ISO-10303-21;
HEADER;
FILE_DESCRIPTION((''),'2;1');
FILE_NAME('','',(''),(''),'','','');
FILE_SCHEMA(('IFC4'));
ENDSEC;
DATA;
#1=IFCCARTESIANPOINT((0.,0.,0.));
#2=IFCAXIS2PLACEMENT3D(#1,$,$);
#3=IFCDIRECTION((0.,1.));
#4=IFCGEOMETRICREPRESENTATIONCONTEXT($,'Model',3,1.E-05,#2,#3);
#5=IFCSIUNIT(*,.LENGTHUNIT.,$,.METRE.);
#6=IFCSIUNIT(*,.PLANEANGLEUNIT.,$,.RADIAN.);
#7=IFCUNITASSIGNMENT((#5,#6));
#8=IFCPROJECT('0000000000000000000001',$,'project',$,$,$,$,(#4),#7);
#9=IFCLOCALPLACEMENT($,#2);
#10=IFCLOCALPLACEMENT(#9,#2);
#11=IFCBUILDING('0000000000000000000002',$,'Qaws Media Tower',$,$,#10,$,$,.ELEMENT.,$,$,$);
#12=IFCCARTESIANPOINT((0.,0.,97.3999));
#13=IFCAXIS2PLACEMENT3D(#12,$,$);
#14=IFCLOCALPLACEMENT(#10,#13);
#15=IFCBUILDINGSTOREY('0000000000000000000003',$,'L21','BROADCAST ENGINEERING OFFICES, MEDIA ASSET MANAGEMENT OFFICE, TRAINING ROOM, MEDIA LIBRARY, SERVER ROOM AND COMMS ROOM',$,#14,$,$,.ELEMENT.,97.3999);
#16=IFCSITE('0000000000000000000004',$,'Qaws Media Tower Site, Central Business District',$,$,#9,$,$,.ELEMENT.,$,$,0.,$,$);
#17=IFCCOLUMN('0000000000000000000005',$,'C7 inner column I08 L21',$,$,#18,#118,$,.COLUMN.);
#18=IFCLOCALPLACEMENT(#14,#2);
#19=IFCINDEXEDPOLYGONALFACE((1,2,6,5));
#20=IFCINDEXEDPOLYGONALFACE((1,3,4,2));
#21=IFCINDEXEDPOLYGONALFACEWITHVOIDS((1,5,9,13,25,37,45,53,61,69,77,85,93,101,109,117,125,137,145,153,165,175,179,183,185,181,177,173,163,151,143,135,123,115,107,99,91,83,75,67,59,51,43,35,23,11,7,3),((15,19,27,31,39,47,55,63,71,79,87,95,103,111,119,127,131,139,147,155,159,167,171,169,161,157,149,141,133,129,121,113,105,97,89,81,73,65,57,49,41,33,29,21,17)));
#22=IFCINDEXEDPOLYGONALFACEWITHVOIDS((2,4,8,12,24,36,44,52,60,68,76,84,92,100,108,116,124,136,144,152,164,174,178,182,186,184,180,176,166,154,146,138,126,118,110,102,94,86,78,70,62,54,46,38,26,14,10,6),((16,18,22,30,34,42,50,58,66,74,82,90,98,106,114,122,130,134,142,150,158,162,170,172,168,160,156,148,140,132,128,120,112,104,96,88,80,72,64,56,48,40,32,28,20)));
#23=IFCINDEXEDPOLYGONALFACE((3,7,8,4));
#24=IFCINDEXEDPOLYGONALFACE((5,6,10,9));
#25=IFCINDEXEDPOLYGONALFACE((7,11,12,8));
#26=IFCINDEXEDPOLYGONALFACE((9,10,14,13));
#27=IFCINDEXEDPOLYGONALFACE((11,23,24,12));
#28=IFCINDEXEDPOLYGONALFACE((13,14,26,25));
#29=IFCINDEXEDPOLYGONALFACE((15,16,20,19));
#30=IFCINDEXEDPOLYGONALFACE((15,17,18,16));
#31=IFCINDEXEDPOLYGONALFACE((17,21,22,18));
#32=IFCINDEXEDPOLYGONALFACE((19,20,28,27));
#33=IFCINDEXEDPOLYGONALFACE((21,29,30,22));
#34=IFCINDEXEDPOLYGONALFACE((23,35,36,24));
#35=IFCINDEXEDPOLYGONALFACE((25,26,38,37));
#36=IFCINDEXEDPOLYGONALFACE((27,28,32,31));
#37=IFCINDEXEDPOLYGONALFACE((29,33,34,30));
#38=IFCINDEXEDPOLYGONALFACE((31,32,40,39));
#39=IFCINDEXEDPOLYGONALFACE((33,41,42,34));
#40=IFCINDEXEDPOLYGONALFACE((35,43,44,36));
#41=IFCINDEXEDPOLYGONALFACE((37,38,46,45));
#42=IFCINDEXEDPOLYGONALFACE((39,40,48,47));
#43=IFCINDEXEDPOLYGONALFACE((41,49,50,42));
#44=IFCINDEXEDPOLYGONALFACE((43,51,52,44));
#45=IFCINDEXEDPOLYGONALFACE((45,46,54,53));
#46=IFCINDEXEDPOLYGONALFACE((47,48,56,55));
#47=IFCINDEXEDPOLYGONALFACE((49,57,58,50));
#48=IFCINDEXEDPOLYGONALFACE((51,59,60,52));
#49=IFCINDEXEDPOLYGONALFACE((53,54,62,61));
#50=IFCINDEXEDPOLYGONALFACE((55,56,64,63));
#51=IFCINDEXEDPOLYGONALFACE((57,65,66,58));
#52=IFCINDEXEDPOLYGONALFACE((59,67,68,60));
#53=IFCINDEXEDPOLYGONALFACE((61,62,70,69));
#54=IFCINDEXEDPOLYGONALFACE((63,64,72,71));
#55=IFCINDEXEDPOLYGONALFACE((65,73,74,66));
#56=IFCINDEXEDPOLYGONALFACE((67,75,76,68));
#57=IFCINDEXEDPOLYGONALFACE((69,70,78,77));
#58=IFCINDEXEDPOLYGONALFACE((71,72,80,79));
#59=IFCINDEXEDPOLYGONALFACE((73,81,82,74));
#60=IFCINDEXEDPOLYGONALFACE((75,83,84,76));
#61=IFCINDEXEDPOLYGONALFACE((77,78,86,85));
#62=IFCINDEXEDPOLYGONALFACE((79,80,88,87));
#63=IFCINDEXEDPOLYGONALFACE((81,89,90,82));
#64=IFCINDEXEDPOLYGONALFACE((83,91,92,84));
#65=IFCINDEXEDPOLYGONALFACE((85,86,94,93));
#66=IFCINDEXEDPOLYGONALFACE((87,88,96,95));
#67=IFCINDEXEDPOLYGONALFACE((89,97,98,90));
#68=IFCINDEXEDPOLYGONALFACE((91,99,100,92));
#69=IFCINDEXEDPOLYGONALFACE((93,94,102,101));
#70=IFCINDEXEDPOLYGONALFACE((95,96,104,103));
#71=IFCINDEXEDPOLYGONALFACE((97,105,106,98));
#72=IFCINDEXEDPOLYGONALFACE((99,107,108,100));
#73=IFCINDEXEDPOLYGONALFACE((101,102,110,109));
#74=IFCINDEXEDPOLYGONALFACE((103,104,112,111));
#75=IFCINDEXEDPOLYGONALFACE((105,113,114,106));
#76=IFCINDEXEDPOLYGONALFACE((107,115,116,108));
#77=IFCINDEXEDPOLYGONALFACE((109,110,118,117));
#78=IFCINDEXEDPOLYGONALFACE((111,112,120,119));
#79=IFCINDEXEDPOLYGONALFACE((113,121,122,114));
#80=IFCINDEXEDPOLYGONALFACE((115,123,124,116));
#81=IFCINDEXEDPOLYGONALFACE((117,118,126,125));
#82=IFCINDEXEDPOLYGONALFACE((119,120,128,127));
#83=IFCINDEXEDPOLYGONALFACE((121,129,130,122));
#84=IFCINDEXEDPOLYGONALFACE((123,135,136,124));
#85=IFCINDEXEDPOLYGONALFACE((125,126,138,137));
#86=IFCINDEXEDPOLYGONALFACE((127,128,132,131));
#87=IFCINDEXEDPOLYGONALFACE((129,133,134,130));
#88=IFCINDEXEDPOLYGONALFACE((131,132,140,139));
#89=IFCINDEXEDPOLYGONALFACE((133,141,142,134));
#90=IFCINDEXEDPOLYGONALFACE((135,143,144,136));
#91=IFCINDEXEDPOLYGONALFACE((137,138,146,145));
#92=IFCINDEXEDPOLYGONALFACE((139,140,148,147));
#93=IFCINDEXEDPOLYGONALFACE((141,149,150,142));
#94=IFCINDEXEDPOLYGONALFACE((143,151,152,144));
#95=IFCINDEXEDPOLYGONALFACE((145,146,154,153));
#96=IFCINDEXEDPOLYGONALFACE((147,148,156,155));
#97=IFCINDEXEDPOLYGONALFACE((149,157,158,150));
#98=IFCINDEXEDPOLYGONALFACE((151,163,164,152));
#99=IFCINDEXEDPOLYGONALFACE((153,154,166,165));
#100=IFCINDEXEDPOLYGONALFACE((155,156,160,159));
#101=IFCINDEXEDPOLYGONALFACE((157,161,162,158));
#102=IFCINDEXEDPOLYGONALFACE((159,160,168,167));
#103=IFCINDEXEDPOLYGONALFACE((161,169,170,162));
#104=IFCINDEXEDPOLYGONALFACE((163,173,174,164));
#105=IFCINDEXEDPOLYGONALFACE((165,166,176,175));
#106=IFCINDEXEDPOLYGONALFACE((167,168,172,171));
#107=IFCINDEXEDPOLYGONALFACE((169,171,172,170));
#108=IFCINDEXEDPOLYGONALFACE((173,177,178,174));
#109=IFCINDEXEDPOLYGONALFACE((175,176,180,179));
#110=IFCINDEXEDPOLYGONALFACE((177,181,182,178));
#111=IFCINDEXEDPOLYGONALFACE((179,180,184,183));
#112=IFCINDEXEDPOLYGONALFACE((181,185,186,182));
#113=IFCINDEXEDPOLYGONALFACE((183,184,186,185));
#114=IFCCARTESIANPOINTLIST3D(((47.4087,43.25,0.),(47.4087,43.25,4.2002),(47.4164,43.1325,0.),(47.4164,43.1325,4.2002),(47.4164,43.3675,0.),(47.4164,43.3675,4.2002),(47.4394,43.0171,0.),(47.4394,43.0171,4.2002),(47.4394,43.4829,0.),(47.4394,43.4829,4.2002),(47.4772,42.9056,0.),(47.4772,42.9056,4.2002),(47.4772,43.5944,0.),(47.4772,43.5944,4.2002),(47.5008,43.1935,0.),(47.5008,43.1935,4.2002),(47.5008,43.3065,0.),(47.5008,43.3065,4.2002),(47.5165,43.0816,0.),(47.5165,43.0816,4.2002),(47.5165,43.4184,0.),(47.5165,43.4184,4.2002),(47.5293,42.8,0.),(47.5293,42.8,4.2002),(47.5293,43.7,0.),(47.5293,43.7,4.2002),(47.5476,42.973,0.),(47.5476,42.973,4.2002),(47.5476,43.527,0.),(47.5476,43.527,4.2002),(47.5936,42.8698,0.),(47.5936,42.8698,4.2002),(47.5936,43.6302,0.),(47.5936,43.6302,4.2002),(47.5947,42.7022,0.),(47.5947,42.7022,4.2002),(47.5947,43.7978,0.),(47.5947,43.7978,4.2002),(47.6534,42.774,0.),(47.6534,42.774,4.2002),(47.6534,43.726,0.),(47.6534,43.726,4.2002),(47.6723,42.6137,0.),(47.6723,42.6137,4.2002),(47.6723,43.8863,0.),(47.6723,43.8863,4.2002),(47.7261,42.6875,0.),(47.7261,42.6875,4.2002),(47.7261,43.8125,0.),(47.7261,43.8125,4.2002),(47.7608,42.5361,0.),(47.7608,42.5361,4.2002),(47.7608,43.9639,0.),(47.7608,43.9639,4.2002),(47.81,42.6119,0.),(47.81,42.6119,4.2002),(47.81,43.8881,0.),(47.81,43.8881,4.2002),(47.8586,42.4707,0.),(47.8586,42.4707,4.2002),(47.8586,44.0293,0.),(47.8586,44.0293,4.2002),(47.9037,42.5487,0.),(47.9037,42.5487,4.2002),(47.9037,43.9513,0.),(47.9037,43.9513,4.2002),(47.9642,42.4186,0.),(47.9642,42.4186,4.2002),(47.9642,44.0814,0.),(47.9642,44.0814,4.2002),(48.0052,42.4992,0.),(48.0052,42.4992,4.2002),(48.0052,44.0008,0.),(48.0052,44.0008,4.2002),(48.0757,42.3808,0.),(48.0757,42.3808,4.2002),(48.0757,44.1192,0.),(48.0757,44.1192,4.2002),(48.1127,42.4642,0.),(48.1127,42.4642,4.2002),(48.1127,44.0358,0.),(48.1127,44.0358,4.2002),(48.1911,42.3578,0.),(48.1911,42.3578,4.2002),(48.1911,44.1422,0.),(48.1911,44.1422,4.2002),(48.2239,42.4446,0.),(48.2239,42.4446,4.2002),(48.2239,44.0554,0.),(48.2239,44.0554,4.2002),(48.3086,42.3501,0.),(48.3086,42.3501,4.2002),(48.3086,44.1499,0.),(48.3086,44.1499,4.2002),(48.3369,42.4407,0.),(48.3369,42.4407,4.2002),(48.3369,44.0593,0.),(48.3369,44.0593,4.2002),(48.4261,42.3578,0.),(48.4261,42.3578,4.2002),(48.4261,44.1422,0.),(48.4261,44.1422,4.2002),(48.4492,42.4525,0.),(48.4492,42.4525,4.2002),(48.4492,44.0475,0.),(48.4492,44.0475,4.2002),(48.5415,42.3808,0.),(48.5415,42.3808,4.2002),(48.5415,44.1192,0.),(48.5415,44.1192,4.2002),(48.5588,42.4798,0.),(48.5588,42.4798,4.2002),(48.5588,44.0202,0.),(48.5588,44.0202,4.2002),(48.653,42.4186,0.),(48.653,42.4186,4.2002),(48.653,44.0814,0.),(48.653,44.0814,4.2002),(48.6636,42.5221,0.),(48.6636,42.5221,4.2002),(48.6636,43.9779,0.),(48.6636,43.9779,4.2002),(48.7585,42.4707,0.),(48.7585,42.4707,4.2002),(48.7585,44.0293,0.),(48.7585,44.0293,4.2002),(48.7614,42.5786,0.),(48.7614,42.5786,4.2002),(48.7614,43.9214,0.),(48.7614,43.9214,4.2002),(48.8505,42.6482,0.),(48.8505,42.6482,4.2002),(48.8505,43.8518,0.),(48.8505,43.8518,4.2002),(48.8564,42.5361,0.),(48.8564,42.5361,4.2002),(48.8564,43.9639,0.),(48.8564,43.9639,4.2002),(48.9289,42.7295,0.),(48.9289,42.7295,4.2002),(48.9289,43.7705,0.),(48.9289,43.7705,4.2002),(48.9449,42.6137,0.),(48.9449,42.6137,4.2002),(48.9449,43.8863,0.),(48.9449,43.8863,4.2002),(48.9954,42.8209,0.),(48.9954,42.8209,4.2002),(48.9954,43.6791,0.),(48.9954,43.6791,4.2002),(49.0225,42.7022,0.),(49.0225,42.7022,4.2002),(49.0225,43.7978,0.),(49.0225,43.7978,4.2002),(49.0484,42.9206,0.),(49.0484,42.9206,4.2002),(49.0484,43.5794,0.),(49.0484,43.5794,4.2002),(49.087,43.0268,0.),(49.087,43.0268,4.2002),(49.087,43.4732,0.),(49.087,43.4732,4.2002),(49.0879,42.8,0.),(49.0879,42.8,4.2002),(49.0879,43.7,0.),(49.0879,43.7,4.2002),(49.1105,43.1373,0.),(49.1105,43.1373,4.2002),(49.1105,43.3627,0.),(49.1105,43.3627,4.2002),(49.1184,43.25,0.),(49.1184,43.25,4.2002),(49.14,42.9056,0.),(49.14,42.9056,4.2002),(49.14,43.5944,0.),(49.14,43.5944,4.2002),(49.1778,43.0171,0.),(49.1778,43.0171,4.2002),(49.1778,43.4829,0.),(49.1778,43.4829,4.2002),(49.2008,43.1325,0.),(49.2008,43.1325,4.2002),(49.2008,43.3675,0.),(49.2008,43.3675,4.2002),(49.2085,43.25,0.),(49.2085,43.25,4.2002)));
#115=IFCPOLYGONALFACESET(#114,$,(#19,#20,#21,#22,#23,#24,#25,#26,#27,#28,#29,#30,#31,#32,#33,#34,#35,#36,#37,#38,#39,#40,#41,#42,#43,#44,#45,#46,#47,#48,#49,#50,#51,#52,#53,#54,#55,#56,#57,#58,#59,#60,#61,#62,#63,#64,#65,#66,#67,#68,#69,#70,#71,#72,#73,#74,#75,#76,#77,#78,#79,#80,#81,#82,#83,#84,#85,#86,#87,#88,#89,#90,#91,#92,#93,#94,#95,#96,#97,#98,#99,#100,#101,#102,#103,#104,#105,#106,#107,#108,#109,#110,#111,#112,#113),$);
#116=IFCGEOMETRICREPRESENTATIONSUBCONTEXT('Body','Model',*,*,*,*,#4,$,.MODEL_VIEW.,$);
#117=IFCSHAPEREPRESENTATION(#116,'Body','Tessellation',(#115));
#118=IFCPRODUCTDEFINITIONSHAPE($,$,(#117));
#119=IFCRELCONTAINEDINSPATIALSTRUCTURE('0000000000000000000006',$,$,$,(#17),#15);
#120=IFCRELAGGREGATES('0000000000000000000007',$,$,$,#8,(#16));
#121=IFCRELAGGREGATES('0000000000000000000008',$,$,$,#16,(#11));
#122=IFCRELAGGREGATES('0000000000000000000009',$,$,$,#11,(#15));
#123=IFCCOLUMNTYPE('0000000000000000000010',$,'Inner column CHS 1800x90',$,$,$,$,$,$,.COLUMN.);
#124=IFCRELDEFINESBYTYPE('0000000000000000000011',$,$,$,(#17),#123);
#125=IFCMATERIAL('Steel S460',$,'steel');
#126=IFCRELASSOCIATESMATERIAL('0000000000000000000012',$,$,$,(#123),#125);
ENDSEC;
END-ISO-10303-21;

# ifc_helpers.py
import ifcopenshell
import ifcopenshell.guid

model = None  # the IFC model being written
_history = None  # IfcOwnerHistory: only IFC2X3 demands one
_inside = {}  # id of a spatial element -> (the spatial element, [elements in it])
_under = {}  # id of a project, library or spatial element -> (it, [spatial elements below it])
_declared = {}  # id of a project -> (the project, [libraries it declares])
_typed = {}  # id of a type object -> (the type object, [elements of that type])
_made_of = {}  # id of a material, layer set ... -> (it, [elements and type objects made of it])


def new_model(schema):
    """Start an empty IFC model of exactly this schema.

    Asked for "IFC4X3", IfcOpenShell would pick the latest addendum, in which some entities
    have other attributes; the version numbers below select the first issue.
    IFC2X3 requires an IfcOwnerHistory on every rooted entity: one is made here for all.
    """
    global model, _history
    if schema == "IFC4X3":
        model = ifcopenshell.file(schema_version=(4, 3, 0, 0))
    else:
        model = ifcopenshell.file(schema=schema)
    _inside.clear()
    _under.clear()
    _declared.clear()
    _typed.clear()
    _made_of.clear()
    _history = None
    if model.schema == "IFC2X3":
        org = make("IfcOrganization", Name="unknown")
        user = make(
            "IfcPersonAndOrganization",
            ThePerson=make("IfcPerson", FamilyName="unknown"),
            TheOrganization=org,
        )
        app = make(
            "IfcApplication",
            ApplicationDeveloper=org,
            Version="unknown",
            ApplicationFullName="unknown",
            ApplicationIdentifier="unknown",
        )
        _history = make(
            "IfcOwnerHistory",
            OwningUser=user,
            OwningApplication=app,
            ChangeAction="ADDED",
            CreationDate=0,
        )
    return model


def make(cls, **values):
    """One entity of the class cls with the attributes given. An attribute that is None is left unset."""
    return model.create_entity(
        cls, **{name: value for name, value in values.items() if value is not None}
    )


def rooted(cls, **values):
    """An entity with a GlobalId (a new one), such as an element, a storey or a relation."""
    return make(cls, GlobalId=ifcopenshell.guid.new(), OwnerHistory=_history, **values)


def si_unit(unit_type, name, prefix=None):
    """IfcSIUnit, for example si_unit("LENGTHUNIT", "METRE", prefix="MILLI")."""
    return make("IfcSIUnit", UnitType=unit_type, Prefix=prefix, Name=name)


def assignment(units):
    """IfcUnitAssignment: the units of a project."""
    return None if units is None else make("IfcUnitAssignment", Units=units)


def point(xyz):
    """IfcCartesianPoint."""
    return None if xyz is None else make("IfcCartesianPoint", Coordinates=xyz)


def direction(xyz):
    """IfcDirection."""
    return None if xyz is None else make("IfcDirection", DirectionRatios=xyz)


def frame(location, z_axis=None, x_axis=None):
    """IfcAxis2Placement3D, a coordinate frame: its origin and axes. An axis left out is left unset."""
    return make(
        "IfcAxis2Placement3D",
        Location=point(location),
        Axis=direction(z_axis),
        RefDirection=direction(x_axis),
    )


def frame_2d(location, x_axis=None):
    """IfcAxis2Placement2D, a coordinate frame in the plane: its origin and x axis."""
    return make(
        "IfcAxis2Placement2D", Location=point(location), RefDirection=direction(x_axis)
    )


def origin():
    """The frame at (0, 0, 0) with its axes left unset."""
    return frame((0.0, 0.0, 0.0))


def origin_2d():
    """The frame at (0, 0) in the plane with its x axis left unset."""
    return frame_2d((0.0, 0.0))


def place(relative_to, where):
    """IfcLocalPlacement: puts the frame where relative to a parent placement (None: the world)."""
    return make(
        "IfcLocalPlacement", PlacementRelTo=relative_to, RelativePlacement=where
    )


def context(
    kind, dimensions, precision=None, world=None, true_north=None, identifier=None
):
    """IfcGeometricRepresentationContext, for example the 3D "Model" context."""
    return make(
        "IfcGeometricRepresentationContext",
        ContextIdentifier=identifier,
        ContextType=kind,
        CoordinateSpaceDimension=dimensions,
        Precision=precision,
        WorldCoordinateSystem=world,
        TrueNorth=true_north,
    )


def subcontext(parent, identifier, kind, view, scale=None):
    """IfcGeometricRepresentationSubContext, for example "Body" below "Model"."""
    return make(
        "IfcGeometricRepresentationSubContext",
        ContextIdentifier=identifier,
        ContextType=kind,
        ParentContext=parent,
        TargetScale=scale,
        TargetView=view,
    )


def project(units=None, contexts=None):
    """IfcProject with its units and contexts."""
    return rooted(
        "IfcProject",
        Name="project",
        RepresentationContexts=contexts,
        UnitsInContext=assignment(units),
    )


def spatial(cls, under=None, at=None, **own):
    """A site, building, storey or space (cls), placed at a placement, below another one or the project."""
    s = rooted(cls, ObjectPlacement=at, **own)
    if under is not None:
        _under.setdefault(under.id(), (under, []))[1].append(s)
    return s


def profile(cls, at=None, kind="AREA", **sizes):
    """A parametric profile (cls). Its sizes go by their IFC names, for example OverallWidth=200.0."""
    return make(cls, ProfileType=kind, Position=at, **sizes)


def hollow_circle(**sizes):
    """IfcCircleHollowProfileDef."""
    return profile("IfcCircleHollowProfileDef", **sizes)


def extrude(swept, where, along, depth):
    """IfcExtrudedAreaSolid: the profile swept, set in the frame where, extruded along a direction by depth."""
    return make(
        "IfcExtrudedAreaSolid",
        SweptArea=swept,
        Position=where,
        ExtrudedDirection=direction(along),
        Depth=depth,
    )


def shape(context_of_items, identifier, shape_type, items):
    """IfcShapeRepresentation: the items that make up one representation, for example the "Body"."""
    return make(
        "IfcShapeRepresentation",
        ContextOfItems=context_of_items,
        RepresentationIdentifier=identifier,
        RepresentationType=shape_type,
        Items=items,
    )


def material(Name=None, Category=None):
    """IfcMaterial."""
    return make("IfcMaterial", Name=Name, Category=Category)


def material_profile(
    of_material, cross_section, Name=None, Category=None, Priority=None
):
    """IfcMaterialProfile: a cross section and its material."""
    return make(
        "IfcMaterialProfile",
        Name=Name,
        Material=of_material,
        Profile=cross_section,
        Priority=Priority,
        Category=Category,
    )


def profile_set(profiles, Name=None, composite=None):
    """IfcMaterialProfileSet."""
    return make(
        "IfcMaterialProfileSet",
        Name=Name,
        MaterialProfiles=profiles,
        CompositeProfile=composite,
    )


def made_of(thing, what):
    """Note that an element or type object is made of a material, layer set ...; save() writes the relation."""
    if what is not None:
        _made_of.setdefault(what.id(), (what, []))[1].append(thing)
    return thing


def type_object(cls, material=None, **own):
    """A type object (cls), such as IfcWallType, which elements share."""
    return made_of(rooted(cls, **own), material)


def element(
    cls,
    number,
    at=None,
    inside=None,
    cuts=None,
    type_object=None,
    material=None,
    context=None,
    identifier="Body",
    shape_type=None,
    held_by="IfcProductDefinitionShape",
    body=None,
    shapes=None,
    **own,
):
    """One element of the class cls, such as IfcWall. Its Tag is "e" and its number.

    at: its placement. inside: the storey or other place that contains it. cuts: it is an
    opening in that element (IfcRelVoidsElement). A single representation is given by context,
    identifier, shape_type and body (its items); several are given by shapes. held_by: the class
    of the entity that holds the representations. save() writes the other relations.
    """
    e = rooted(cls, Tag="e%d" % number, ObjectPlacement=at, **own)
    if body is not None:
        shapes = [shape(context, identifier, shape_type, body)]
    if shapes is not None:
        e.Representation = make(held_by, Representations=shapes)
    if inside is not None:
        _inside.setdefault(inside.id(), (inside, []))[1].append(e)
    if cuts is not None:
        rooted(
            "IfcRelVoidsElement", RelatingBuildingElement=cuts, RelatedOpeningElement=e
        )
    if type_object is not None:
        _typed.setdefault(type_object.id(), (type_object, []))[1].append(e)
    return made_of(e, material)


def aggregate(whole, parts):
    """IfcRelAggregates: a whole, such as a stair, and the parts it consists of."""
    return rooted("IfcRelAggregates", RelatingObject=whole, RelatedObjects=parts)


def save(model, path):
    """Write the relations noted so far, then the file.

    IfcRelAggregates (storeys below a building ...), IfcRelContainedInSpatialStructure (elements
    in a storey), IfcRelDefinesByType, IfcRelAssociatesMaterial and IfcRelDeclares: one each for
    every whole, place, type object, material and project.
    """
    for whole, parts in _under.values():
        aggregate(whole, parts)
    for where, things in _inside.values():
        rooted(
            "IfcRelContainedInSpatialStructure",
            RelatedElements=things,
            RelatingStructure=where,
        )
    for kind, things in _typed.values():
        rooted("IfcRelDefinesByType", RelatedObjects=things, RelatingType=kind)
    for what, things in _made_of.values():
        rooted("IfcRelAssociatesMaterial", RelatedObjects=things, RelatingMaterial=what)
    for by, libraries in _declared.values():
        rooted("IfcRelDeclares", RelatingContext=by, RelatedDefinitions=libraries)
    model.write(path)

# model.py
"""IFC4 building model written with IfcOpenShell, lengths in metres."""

from ifc_helpers import new_model, si_unit, direction, frame, origin, origin_2d, place, context, subcontext, project, spatial, hollow_circle, extrude, material, material_profile, profile_set, type_object, element, save


model = new_model("IFC4")

# Units and contexts
model_context = context("Model", 3, precision=1e-05, world=origin(), true_north=direction((0.0, 1.0)))
body_context = subcontext(model_context, "Body", "Model", "MODEL_VIEW")
ifc_project = project(units=[si_unit("LENGTHUNIT", "METRE"), si_unit("PLANEANGLEUNIT", "RADIAN")], contexts=[model_context])

# Site, building, storey
site_placement = place(None, origin())
site = spatial("IfcSite", under=ifc_project, at=site_placement, Name="Qaws Media Tower Site, Central Business District", CompositionType="ELEMENT", RefElevation=0.0)
building_placement = place(site_placement, origin())
building = spatial("IfcBuilding", under=site, at=building_placement, Name="Qaws Media Tower", CompositionType="ELEMENT")
storey_placement = place(building_placement, frame((0.0, 0.0, 97.3999)))
storey = spatial("IfcBuildingStorey", under=building, at=storey_placement, Name="L21", Description="BROADCAST ENGINEERING OFFICES, MEDIA ASSET MANAGEMENT OFFICE, TRAINING ROOM, MEDIA LIBRARY, SERVER ROOM AND COMMS ROOM", CompositionType="ELEMENT", Elevation=97.3999)

# Column
ifc_material_1 = material(Name="Steel S460", Category="steel")
ifc_material_profile_1 = material_profile(ifc_material_1, hollow_circle(Radius=0.8999, WallThickness=0.0901, at=origin_2d()), Name="CHS 1800x90")
ifc_profile_set_1 = profile_set([ifc_material_profile_1], Name="Steel S460")
column_type = type_object("IfcColumnType", Name="Inner column CHS 1800x90", PredefinedType="COLUMN", material=ifc_profile_set_1)
for number, where, z_axis, x_axis, name in (
    (1, (48.3086, 43.25, 0.0), (0.0, 0.0, 1.0), (1.0, 0.0, 0.0), "C7 inner column I08 L21"),
):
    element("IfcColumn", number, at=place(storey_placement, frame(where, z_axis=z_axis, x_axis=x_axis)), inside=storey, type_object=column_type, Name=name, PredefinedType="COLUMN", context=body_context, shape_type="SweptSolid", body=[
        extrude(hollow_circle(Radius=0.8999, WallThickness=0.0901, at=origin_2d()), origin(), (0.0, 0.0, 1.0), 4.2002),
    ])

save(model, "model.ifc")
